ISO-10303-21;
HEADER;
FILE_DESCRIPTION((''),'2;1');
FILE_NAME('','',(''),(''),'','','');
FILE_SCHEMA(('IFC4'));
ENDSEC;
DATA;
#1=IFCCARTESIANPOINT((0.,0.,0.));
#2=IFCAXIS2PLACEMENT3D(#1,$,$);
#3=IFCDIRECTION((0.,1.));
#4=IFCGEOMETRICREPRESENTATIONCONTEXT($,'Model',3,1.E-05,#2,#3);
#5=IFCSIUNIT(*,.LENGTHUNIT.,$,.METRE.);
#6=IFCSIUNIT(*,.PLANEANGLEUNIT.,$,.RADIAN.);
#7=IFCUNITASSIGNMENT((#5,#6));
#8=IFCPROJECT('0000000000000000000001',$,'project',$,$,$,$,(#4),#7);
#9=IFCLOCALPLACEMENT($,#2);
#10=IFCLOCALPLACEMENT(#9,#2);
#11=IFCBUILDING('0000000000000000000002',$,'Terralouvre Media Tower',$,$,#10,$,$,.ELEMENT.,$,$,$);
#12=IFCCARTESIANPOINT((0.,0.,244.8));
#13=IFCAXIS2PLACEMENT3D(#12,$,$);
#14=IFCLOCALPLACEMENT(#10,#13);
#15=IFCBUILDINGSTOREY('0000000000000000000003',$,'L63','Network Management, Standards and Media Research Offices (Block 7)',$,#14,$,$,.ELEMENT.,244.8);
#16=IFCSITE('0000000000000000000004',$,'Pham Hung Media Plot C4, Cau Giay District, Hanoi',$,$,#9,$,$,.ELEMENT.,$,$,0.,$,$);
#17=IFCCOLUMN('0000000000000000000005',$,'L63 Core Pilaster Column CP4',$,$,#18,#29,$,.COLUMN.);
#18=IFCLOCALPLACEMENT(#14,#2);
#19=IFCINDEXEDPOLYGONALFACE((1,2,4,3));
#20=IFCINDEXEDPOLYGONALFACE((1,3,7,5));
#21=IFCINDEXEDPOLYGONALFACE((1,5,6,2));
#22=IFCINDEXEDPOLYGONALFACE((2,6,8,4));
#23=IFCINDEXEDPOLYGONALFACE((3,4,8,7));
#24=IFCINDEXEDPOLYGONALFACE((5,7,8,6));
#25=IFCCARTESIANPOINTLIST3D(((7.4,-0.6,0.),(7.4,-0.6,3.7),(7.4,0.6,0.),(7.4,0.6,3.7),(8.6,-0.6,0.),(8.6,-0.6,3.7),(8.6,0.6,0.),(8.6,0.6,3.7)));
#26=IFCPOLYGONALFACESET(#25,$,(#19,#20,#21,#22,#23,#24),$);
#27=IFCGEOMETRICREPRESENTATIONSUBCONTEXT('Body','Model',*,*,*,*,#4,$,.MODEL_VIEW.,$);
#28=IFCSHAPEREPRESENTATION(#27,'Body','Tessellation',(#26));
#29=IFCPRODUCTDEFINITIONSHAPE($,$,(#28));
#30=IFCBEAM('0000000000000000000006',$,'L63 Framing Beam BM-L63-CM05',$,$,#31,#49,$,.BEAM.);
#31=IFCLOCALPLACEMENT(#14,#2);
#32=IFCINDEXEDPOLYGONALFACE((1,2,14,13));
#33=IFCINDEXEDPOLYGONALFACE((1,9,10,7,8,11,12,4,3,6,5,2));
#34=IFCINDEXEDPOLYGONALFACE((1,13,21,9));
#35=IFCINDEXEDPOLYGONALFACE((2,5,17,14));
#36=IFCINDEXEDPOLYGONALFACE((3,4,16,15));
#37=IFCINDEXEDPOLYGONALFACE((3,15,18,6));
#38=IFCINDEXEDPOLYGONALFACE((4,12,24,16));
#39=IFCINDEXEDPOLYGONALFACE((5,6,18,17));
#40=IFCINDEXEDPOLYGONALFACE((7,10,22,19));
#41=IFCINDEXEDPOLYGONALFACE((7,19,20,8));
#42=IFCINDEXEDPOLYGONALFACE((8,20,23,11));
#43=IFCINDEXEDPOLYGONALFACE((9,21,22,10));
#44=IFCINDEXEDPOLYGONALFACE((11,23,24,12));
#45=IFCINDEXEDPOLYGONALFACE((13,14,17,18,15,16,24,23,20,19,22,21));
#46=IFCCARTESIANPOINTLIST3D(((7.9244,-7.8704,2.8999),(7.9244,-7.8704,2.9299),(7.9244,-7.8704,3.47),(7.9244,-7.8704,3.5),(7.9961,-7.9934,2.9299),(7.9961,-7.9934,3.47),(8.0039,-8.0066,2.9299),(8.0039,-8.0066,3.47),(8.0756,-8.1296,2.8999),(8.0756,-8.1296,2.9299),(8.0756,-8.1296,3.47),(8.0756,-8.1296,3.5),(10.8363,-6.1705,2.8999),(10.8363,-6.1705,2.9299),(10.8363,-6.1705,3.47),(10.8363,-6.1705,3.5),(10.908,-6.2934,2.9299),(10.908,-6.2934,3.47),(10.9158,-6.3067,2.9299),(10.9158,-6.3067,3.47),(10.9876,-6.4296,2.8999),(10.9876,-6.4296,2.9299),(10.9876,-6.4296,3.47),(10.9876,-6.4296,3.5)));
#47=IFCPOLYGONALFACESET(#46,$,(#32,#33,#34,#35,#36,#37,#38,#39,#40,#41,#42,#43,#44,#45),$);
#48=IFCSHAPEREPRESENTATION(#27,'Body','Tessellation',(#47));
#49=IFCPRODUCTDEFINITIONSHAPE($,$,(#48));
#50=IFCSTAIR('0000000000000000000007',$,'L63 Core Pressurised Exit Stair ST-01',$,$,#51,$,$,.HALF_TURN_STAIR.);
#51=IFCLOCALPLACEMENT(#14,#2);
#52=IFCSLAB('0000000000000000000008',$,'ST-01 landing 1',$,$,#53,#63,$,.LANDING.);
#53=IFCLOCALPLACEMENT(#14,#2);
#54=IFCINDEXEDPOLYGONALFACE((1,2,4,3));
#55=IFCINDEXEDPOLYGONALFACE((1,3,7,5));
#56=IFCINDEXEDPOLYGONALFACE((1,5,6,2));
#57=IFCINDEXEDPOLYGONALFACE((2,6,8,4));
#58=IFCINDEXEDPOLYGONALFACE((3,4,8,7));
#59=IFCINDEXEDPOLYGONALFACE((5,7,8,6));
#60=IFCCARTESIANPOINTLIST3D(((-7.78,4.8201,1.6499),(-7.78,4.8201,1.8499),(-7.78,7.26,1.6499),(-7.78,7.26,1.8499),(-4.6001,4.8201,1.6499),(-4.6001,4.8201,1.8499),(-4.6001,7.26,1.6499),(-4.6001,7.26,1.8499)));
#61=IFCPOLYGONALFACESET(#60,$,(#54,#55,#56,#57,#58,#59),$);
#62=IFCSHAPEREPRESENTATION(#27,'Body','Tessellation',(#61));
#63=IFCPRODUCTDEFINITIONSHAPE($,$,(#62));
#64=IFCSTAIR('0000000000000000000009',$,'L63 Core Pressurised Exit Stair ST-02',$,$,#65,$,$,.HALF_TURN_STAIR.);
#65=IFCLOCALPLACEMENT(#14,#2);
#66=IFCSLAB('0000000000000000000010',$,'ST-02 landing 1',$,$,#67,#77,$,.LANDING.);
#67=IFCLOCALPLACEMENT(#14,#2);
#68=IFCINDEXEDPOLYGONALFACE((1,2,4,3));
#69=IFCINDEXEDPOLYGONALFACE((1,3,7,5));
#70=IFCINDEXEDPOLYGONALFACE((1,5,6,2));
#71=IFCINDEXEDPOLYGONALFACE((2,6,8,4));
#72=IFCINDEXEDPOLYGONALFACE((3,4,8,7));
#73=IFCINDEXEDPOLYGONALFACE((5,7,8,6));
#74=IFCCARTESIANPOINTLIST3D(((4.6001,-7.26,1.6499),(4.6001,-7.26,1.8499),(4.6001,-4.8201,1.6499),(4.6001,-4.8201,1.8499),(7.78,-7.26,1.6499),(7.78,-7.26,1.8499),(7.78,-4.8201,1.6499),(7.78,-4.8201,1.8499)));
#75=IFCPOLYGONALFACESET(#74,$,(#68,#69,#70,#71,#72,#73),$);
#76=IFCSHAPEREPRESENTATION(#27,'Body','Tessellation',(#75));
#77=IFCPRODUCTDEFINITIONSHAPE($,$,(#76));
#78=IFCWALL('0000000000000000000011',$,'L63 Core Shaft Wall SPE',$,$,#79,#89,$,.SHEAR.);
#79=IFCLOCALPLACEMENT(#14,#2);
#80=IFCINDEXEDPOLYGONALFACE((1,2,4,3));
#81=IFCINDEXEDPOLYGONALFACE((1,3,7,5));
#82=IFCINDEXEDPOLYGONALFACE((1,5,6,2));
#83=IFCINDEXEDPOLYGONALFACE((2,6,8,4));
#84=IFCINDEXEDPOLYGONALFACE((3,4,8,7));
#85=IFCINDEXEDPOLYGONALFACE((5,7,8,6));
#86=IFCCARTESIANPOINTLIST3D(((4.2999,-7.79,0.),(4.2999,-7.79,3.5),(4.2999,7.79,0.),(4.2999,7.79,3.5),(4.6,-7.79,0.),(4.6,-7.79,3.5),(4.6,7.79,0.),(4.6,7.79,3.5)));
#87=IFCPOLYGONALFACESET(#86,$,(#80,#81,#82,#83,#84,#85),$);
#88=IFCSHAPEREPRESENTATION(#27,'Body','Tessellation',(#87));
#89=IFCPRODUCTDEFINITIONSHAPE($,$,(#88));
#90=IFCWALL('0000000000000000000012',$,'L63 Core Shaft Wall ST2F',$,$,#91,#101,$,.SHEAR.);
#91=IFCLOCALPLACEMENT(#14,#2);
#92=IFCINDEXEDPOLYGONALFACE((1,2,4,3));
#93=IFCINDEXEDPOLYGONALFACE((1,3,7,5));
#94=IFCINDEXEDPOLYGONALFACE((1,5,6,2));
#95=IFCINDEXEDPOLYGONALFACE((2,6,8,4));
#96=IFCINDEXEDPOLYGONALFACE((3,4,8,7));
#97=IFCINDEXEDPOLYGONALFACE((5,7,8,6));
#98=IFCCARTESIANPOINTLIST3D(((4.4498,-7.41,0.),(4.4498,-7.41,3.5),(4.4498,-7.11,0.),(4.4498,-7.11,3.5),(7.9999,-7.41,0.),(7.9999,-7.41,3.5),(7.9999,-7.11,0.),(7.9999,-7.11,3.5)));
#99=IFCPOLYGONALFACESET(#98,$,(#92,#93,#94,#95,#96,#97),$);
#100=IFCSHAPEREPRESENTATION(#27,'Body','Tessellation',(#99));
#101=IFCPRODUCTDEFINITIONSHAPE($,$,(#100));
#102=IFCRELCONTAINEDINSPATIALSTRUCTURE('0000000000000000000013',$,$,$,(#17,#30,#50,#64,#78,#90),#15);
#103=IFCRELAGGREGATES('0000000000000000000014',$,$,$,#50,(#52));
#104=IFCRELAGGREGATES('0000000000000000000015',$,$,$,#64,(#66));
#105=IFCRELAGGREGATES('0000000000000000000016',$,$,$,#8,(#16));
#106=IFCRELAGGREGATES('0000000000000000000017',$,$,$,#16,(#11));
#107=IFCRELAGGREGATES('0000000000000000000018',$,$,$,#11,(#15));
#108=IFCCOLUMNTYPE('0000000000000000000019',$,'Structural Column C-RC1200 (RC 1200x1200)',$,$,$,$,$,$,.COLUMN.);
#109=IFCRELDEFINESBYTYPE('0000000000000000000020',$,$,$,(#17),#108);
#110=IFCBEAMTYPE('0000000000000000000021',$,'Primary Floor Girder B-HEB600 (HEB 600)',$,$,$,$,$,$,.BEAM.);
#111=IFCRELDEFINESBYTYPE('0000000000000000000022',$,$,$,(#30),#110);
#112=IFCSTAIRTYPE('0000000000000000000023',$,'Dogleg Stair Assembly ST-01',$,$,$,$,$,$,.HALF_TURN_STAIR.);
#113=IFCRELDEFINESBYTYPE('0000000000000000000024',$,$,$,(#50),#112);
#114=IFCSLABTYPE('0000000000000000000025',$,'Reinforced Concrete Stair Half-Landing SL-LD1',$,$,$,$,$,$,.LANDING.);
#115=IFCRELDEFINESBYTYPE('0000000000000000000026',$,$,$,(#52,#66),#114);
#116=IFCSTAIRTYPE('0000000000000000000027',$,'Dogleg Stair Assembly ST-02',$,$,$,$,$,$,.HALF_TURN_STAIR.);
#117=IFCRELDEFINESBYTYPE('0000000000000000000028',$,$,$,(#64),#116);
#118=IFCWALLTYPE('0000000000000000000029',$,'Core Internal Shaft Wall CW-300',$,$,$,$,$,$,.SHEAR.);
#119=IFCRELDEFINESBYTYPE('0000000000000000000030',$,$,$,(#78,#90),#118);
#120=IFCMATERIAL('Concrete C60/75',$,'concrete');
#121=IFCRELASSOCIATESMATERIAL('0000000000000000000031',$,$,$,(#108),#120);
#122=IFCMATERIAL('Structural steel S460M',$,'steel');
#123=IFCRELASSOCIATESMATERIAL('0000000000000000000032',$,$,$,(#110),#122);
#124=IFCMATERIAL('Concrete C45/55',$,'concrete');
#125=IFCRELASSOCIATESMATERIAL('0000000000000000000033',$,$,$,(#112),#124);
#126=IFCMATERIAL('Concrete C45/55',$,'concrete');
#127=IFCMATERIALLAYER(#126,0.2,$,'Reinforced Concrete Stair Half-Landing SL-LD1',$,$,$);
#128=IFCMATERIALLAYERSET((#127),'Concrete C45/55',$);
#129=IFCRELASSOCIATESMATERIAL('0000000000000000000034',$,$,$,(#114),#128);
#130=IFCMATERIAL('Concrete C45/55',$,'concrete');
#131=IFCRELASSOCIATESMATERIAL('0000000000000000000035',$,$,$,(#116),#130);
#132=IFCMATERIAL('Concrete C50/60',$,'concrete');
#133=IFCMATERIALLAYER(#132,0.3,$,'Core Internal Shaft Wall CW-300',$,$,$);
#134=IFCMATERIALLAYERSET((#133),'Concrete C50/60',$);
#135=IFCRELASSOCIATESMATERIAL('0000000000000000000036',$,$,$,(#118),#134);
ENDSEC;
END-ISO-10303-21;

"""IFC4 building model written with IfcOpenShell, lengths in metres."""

from ifc_helpers import new_model, si_unit, direction, frame, frame_2d, origin, origin_2d, place, context, subcontext, project, spatial, polyline, rectangle, i_section, outline, extrude, material, layer, layer_set, material_profile, profile_set, type_object, element, aggregate, save


model = new_model("IFC4")

# Units and contexts
model_context = context("Model", 3, precision=1e-05, world=origin(), true_north=direction((0.0, 1.0)))
body_context = subcontext(model_context, "Body", "Model", "MODEL_VIEW")
ifc_project = project(units=[si_unit("LENGTHUNIT", "METRE"), si_unit("PLANEANGLEUNIT", "RADIAN")], contexts=[model_context])

# Site, building, storey
site_placement = place(None, origin())
site = spatial("IfcSite", under=ifc_project, at=site_placement, Name="Pham Hung Media Plot C4, Cau Giay District, Hanoi", CompositionType="ELEMENT", RefElevation=0.0)
building_placement = place(site_placement, origin())
building = spatial("IfcBuilding", under=site, at=building_placement, Name="Terralouvre Media Tower", CompositionType="ELEMENT")
storey_placement = place(building_placement, frame((0.0, 0.0, 244.8)))
storey = spatial("IfcBuildingStorey", under=building, at=storey_placement, Name="L63", Description="Network Management, Standards and Media Research Offices (Block 7)", CompositionType="ELEMENT", Elevation=244.8)

# Column
ifc_material_1 = material(Name="Concrete C60/75", Category="concrete")
ifc_material_profile_1 = material_profile(ifc_material_1, rectangle(XDim=1.2, YDim=1.2, at=origin_2d()), Name="RC 1200x1200")
ifc_profile_set_1 = profile_set([ifc_material_profile_1], Name="Concrete C60/75")
column_type = type_object("IfcColumnType", Name="Structural Column C-RC1200 (RC 1200x1200)", PredefinedType="COLUMN", material=ifc_profile_set_1)
column_placement = place(storey_placement, frame((8.0, 0.0, 0.0), z_axis=(0.0, 0.0, 1.0), x_axis=(1.0, 0.0, 0.0)))
element("IfcColumn", 1, at=column_placement, inside=storey, type_object=column_type, Name="L63 Core Pilaster Column CP4", PredefinedType="COLUMN", context=body_context, shape_type="SweptSolid", body=[
    extrude(rectangle(XDim=1.2, YDim=1.2, at=origin_2d()), origin(), (0.0, 0.0, 1.0), 3.7),
])

# Beam
ifc_material_2 = material(Name="Structural steel S460M", Category="steel")
ifc_material_profile_2 = material_profile(ifc_material_2, i_section(OverallWidth=0.3, OverallDepth=0.6001, WebThickness=0.0154, FlangeThickness=0.03, at=origin_2d()), Name="HEB 600")
ifc_profile_set_2 = profile_set([ifc_material_profile_2], Name="Structural steel S460M")
beam_type = type_object("IfcBeamType", Name="Primary Floor Girder B-HEB600 (HEB 600)", PredefinedType="BEAM", material=ifc_profile_set_2)
beam_placement = place(storey_placement, frame((8.0, -8.0, 3.2), z_axis=(0.863603, 0.504173, 0.0), x_axis=(-0.504173, 0.863603, 0.0)))
element("IfcBeam", 2, at=beam_placement, inside=storey, type_object=beam_type, Name="L63 Framing Beam BM-L63-CM05", PredefinedType="BEAM", context=body_context, shape_type="SweptSolid", body=[
    extrude(i_section(OverallWidth=0.3, OverallDepth=0.6001, WebThickness=0.0154, FlangeThickness=0.03, at=origin_2d()), origin(), (0.0, 0.0, 1.0), 3.3718),
])

# Stairs, slabs
ifc_material_3 = material(Name="Concrete C45/55", Category="concrete")
stair_type_1 = type_object("IfcStairType", Name="Dogleg Stair Assembly ST-01", PredefinedType="HALF_TURN_STAIR", material=ifc_material_3)
stair_1_placement = place(storey_placement, origin())
stair_1 = element("IfcStair", 3, at=stair_1_placement, inside=storey, type_object=stair_type_1, Name="L63 Core Pressurised Exit Stair ST-01", PredefinedType="HALF_TURN_STAIR")
ifc_material_4 = material(Name="Concrete C45/55", Category="concrete")
ifc_layer_1 = layer(ifc_material_4, 0.2, Name="Reinforced Concrete Stair Half-Landing SL-LD1")
ifc_layer_set_1 = layer_set([ifc_layer_1], Name="Concrete C45/55")
slab_type = type_object("IfcSlabType", Name="Reinforced Concrete Stair Half-Landing SL-LD1", PredefinedType="LANDING", material=ifc_layer_set_1)
slab_1_placement = place(storey_placement, frame((0.0, 0.0, 1.6499)))
slab_1 = element("IfcSlab", 4, at=slab_1_placement, type_object=slab_type, Name="ST-01 landing 1", PredefinedType="LANDING", context=body_context, shape_type="SweptSolid", body=[
    extrude(outline(polyline([(-4.6001, 4.8201), (-4.6001, 7.26), (-7.78, 7.26), (-7.78, 4.8201), (-4.6001, 4.8201)])), origin(), (0.0, 0.0, 1.0), 0.2),
])
aggregate(stair_1, [slab_1])
ifc_material_5 = material(Name="Concrete C45/55", Category="concrete")
stair_type_2 = type_object("IfcStairType", Name="Dogleg Stair Assembly ST-02", PredefinedType="HALF_TURN_STAIR", material=ifc_material_5)
stair_2_placement = place(storey_placement, origin())
stair_2 = element("IfcStair", 5, at=stair_2_placement, inside=storey, type_object=stair_type_2, Name="L63 Core Pressurised Exit Stair ST-02", PredefinedType="HALF_TURN_STAIR")
slab_2_placement = place(storey_placement, frame((0.0, 0.0, 1.6499)))
slab_2 = element("IfcSlab", 6, at=slab_2_placement, type_object=slab_type, Name="ST-02 landing 1", PredefinedType="LANDING", context=body_context, shape_type="SweptSolid", body=[
    extrude(outline(polyline([(4.6001, -4.8201), (4.6001, -7.26), (7.78, -7.26), (7.78, -4.8201), (4.6001, -4.8201)])), origin(), (0.0, 0.0, 1.0), 0.2),
])

# Wall
ifc_material_6 = material(Name="Concrete C50/60", Category="concrete")
ifc_layer_2 = layer(ifc_material_6, 0.3, Name="Core Internal Shaft Wall CW-300")
ifc_layer_set_2 = layer_set([ifc_layer_2], Name="Concrete C50/60")
wall_type_1 = type_object("IfcWallType", Name="Core Internal Shaft Wall CW-300", PredefinedType="SHEAR", material=ifc_layer_set_2)
wall_1_placement = place(storey_placement, frame((4.45, -7.79, 0.0), z_axis=(0.0, 0.0, 1.0), x_axis=(0.0, 1.0, 0.0)))
element("IfcWall", 7, at=wall_1_placement, inside=storey, type_object=wall_type_1, Name="L63 Core Shaft Wall SPE", PredefinedType="SHEAR", context=body_context, shape_type="SweptSolid", body=[
    extrude(rectangle(XDim=15.5801, YDim=0.3, at=frame_2d((7.79, 0.0))), origin(), (0.0, 0.0, 1.0), 3.5),
])

# Wall
wall_2_placement = place(storey_placement, frame((4.45, -7.26, 0.0), z_axis=(0.0, 0.0, 1.0), x_axis=(1.0, 0.0, 0.0)))
element("IfcWall", 8, at=wall_2_placement, inside=storey, type_object=wall_type_1, Name="L63 Core Shaft Wall ST2F", PredefinedType="SHEAR", context=body_context, shape_type="SweptSolid", body=[
    extrude(rectangle(XDim=3.55, YDim=0.3, at=frame_2d((1.7749, 0.0))), origin(), (0.0, 0.0, 1.0), 3.5),
])

aggregate(stair_2, [slab_2])

save(model, "model.ifc")
